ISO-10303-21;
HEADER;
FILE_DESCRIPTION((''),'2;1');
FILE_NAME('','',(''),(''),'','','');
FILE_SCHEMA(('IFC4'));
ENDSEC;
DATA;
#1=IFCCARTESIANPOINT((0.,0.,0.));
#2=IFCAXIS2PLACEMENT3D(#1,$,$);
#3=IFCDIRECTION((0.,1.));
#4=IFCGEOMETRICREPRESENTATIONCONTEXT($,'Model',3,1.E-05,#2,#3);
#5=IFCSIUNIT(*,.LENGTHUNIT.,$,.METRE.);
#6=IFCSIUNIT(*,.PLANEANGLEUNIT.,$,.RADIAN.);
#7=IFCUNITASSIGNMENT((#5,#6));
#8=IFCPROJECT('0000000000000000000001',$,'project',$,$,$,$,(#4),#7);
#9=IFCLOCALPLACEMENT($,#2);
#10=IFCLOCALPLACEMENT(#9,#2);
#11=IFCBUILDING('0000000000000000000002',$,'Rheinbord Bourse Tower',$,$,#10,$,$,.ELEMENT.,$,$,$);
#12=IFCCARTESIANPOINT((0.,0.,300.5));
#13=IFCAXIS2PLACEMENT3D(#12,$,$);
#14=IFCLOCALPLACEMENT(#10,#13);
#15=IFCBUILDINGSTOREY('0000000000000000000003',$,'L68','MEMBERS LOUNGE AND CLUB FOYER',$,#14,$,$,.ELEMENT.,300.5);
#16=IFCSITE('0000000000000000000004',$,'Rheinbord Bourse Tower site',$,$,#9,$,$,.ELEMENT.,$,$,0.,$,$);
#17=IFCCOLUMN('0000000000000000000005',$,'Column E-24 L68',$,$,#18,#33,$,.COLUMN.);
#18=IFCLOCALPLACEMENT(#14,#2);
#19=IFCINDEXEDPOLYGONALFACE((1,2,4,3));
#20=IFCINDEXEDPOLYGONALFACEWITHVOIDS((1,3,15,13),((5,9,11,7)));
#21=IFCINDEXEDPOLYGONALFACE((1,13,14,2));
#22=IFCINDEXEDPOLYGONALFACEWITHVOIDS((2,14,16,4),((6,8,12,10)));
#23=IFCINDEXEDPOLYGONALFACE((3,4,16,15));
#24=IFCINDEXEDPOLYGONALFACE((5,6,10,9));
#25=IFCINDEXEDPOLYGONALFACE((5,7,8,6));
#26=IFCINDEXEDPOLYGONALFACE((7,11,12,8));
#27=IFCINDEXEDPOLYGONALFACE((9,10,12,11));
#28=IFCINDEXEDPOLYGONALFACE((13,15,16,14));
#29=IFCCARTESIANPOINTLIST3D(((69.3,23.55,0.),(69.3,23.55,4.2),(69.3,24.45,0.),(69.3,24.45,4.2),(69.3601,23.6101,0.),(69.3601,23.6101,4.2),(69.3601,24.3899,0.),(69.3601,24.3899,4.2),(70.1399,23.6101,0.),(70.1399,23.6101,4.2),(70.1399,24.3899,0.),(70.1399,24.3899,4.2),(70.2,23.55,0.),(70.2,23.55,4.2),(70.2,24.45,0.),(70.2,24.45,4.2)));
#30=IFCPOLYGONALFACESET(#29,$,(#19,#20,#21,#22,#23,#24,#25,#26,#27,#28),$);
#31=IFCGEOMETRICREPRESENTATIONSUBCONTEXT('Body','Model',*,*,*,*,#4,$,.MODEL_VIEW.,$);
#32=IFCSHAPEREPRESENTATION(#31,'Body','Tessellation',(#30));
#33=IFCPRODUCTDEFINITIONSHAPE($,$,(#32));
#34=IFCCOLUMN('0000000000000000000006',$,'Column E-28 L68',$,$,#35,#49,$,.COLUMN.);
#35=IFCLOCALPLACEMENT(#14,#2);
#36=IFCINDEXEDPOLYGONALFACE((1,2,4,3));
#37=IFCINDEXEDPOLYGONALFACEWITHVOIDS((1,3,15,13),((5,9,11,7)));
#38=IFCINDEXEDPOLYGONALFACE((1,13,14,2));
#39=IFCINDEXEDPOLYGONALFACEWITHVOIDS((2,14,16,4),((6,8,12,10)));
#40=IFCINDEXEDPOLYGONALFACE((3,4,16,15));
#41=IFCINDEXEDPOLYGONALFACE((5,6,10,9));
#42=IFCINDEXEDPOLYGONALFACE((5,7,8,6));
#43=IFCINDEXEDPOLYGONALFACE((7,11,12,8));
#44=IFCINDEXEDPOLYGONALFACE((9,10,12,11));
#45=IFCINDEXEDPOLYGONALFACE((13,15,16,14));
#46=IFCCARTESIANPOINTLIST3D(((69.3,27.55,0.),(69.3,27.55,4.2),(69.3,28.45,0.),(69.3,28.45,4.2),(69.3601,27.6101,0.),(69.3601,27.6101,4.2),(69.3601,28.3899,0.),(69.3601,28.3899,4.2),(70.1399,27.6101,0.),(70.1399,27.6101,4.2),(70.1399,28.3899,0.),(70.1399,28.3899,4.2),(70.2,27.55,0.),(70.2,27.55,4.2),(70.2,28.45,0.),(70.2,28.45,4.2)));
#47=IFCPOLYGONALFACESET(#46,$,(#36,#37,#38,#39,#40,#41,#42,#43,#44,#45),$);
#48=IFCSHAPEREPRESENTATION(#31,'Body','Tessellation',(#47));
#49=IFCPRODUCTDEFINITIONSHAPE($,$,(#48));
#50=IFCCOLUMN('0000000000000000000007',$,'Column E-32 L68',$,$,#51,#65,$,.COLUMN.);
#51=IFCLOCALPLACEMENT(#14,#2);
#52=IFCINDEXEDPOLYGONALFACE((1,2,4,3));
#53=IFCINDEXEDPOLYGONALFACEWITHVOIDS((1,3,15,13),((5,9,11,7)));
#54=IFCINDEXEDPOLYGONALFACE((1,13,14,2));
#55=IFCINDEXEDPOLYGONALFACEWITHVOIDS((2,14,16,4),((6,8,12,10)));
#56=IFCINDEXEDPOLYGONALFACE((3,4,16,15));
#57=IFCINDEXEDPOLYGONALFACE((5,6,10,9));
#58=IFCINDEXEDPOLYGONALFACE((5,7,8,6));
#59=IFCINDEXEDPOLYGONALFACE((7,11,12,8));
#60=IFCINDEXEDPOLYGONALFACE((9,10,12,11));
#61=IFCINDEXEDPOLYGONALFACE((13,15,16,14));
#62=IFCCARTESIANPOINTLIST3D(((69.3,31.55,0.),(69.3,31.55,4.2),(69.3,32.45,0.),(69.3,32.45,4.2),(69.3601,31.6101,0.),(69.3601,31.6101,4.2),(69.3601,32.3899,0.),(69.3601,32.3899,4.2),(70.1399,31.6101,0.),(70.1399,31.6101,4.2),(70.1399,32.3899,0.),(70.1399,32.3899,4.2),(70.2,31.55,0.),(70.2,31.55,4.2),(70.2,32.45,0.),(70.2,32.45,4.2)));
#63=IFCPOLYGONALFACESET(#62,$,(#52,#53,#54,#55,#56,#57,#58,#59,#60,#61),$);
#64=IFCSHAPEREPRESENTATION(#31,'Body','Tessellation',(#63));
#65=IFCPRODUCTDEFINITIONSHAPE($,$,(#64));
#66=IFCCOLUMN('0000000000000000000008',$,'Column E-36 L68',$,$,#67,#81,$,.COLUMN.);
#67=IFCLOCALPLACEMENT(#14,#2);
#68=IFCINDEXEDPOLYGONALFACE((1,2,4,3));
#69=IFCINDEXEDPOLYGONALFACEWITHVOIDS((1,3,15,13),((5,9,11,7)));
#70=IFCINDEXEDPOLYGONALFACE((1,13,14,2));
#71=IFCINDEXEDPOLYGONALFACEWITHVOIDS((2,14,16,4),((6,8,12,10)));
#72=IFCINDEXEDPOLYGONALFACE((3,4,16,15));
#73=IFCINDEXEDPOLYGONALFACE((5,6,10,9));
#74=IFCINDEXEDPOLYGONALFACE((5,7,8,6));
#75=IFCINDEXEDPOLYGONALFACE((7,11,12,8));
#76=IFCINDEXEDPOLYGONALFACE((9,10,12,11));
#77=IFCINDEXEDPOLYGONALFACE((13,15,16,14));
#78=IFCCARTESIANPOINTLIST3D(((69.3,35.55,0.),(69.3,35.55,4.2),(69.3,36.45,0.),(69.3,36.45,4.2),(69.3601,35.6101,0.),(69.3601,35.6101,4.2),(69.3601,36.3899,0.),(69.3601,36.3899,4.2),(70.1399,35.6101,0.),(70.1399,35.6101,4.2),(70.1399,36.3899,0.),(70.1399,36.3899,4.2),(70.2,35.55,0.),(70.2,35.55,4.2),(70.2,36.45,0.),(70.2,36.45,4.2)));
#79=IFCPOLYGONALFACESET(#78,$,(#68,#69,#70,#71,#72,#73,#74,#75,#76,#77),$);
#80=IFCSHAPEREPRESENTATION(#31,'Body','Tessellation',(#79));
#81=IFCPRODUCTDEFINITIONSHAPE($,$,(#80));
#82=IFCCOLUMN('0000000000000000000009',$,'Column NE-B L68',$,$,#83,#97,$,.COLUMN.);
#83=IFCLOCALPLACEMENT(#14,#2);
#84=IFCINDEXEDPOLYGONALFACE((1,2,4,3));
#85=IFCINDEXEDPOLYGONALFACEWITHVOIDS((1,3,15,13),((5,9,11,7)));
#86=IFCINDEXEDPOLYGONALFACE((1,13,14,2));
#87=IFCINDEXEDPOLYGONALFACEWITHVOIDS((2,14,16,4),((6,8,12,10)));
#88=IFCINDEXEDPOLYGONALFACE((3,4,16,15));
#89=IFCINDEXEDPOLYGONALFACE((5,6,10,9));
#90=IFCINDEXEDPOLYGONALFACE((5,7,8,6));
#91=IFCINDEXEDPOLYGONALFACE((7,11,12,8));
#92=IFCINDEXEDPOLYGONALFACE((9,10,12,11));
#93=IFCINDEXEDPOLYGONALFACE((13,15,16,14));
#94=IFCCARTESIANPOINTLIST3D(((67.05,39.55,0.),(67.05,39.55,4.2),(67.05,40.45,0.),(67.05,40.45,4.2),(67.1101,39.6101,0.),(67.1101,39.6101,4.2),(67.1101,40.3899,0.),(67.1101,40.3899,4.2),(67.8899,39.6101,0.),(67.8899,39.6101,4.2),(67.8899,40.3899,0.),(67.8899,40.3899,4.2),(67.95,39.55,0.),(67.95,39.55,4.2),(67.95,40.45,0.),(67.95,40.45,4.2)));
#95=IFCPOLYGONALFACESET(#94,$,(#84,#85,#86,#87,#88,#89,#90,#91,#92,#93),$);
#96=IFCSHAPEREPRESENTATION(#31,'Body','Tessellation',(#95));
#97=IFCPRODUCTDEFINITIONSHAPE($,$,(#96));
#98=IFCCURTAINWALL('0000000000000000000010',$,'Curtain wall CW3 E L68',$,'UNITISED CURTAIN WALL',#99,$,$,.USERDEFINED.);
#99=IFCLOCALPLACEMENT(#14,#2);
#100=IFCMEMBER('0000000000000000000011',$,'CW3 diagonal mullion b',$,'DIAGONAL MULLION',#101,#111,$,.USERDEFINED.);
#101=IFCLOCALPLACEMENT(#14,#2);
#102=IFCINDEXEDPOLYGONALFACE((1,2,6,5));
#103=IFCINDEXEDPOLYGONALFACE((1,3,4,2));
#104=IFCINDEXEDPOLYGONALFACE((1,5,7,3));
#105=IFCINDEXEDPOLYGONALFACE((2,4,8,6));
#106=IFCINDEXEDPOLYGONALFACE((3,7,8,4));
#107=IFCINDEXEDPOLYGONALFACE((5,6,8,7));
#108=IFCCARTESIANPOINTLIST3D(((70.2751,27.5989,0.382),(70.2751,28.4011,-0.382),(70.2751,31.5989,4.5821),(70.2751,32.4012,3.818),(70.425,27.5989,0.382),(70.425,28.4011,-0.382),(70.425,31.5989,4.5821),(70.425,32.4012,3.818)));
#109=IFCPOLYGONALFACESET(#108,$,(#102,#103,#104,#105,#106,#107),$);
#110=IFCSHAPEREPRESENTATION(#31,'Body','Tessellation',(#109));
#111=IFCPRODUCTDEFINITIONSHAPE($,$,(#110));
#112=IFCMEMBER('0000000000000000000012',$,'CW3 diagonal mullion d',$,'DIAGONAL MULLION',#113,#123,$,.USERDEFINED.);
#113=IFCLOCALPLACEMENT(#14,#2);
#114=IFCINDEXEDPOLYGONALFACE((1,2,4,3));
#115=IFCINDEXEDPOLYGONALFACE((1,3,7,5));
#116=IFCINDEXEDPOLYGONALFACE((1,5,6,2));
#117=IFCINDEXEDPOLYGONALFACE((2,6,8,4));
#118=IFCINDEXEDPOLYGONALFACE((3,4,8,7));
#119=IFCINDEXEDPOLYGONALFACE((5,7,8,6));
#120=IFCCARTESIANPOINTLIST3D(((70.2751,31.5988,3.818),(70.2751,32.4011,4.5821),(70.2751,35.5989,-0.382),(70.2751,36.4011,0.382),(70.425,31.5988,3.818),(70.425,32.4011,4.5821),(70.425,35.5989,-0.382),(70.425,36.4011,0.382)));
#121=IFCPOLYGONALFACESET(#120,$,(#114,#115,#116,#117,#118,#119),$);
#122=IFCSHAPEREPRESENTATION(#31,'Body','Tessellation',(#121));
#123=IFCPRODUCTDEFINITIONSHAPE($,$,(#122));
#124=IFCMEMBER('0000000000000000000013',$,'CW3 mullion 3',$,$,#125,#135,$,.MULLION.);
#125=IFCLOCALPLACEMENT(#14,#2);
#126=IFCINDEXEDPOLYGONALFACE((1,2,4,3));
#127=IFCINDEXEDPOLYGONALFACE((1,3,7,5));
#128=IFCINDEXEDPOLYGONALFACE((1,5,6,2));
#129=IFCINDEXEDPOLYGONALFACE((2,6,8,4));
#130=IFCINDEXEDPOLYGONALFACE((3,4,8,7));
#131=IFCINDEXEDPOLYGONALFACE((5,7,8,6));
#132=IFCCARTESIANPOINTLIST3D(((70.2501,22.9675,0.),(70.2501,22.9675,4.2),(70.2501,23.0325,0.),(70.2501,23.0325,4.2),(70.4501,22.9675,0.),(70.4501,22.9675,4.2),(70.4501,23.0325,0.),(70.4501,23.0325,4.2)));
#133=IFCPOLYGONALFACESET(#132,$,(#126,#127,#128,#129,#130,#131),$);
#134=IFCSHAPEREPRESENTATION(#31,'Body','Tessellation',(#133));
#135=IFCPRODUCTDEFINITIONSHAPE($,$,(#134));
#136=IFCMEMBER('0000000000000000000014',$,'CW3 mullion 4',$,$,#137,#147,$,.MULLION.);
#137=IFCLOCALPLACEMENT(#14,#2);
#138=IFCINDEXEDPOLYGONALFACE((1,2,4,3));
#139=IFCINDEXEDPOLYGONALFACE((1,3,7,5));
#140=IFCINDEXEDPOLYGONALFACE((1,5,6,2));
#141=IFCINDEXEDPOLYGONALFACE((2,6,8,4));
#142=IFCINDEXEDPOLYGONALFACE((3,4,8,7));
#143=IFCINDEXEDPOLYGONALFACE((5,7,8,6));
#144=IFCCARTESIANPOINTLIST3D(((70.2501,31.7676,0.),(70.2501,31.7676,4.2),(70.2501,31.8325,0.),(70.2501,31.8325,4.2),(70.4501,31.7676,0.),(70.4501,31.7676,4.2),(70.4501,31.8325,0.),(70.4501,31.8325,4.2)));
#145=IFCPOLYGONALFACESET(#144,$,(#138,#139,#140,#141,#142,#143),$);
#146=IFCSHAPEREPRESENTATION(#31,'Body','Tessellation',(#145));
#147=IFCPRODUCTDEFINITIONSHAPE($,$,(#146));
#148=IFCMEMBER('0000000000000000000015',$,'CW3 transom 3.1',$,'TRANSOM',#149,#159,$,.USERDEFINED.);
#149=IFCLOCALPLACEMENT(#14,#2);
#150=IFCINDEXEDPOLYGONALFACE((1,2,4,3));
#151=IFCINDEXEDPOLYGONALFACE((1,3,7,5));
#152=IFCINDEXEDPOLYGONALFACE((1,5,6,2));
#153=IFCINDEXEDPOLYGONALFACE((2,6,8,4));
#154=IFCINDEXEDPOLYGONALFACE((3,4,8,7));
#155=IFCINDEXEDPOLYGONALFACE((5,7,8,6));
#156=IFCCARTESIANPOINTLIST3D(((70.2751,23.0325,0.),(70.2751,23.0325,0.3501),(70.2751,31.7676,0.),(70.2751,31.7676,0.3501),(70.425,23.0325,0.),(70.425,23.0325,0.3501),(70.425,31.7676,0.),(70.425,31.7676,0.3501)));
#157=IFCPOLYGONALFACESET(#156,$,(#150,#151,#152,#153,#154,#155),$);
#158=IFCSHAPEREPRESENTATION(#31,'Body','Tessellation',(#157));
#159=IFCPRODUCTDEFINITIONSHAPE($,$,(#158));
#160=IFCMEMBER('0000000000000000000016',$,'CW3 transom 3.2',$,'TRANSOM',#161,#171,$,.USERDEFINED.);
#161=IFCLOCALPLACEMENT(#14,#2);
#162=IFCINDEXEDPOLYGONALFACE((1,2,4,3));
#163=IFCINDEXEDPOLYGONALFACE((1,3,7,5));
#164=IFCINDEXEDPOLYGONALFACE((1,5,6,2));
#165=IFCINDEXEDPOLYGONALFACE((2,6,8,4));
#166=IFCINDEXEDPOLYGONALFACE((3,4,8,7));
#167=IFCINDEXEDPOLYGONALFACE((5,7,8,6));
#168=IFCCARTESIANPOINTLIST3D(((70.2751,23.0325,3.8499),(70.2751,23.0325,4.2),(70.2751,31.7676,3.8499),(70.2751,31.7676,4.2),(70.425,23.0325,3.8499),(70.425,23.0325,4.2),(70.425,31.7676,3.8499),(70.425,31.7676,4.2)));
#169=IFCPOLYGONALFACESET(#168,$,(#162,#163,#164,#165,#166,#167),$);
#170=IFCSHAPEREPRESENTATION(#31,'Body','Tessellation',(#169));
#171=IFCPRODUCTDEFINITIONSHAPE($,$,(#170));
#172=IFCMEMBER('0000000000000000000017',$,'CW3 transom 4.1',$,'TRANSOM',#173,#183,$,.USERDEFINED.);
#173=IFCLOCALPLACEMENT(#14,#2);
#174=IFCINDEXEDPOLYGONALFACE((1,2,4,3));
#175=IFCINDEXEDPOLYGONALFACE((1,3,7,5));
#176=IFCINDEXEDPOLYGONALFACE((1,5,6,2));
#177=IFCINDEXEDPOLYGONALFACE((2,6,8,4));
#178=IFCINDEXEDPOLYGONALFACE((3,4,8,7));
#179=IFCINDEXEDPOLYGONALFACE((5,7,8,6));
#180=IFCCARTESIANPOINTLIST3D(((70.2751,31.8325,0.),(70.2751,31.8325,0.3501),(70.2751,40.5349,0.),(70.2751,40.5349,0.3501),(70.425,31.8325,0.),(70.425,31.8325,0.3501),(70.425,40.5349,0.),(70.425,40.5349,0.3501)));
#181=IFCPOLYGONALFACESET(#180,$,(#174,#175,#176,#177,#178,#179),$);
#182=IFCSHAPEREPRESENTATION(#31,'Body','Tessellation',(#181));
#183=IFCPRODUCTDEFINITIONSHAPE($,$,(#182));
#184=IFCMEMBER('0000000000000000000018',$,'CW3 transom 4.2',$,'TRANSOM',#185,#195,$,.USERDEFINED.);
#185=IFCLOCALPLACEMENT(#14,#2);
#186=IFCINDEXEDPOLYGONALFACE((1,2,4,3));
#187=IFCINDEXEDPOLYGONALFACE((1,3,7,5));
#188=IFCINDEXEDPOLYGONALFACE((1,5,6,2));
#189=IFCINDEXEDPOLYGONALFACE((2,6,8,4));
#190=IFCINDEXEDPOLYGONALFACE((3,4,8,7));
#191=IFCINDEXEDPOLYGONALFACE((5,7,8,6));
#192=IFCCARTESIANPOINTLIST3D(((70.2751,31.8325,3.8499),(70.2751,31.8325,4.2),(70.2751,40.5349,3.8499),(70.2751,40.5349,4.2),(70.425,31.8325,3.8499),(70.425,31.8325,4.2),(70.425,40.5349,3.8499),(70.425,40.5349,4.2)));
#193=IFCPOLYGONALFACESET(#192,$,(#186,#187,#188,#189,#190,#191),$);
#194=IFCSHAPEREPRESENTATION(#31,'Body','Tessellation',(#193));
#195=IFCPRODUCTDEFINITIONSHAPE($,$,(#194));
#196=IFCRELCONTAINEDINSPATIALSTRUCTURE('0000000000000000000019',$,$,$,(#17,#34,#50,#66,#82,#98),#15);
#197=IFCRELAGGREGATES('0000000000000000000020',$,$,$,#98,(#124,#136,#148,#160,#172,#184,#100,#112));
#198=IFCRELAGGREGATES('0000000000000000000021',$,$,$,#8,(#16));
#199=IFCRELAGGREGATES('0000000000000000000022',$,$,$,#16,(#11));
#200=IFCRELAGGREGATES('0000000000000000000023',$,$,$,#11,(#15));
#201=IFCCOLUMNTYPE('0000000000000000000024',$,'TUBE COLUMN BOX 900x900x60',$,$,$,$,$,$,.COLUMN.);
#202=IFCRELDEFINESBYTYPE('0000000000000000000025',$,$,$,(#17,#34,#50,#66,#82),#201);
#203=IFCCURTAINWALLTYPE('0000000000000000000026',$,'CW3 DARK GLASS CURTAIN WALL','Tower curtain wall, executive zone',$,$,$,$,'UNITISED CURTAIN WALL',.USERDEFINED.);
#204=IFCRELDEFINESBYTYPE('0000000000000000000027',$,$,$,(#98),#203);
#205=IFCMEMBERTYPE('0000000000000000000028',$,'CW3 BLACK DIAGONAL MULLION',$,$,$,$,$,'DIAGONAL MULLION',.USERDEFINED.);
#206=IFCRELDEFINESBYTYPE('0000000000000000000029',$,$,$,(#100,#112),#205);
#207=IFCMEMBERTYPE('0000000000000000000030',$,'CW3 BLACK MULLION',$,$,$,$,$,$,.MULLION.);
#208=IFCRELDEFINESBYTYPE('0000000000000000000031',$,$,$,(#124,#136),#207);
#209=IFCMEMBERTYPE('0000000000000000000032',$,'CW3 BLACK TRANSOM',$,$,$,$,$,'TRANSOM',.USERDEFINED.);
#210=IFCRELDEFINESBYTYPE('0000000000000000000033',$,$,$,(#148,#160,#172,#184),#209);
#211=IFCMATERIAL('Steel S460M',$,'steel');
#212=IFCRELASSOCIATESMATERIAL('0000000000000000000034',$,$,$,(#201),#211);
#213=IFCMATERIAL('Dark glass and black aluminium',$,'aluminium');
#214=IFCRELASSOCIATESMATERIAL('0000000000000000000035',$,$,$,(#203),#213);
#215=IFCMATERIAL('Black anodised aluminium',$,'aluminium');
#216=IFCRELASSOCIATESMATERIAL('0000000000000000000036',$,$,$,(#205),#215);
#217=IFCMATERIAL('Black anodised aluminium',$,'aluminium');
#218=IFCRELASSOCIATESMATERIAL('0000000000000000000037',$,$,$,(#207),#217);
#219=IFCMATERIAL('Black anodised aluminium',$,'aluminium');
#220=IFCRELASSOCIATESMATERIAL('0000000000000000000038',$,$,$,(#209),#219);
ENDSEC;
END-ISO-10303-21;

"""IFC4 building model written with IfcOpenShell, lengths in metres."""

from ifc_helpers import new_model, si_unit, direction, frame, origin, origin_2d, place, context, subcontext, project, spatial, rectangle, hollow_rectangle, extrude, material, material_profile, profile_set, type_object, element, aggregate, save


model = new_model("IFC4")

# Units and contexts
model_context = context("Model", 3, precision=1e-05, world=origin(), true_north=direction((0.0, 1.0)))
body_context = subcontext(model_context, "Body", "Model", "MODEL_VIEW")
ifc_project = project(units=[si_unit("LENGTHUNIT", "METRE"), si_unit("PLANEANGLEUNIT", "RADIAN")], contexts=[model_context])

# Site, building, storey
site_placement = place(None, origin())
site = spatial("IfcSite", under=ifc_project, at=site_placement, Name="Rheinbord Bourse Tower site", CompositionType="ELEMENT", RefElevation=0.0)
building_placement = place(site_placement, origin())
building = spatial("IfcBuilding", under=site, at=building_placement, Name="Rheinbord Bourse Tower", CompositionType="ELEMENT")
storey_placement = place(building_placement, frame((0.0, 0.0, 300.5)))
storey = spatial("IfcBuildingStorey", under=building, at=storey_placement, Name="L68", Description="MEMBERS LOUNGE AND CLUB FOYER", CompositionType="ELEMENT", Elevation=300.5)

# Columns
ifc_material_1 = material(Name="Steel S460M", Category="steel")
ifc_material_profile_1 = material_profile(ifc_material_1, hollow_rectangle(XDim=0.8999, YDim=0.8999, WallThickness=0.0601, at=origin_2d()), Name="BOX 900x900x60")
ifc_profile_set_1 = profile_set([ifc_material_profile_1], Name="Steel S460M")
column_type = type_object("IfcColumnType", Name="TUBE COLUMN BOX 900x900x60", PredefinedType="COLUMN", material=ifc_profile_set_1)
for number, where, z_axis, x_axis, name in (
    (1, (69.75, 24.0, 0.0), (0.0, 0.0, 1.0), (1.0, 0.0, 0.0), "Column E-24 L68"),
    (2, (69.75, 28.0, 0.0), (0.0, 0.0, 1.0), (1.0, 0.0, 0.0), "Column E-28 L68"),
    (3, (69.75, 32.0, 0.0), (0.0, 0.0, 1.0), (1.0, 0.0, 0.0), "Column E-32 L68"),
    (4, (69.75, 36.0, 0.0), (0.0, 0.0, 1.0), (1.0, 0.0, 0.0), "Column E-36 L68"),
    (5, (67.5, 40.0, 0.0), (0.0, 0.0, 1.0), (1.0, 0.0, 0.0), "Column NE-B L68"),
):
    element("IfcColumn", number, at=place(storey_placement, frame(where, z_axis=z_axis, x_axis=x_axis)), inside=storey, type_object=column_type, Name=name, PredefinedType="COLUMN", context=body_context, shape_type="SweptSolid", body=[
        extrude(hollow_rectangle(XDim=0.8999, YDim=0.8999, WallThickness=0.0601, at=origin_2d()), origin(), (0.0, 0.0, 1.0), 4.2),
    ])

# Curtain wall, members
ifc_material_2 = material(Name="Dark glass and black aluminium", Category="aluminium")
curtain_wall_type = type_object("IfcCurtainWallType", Name="CW3 DARK GLASS CURTAIN WALL", Description="Tower curtain wall, executive zone", ElementType="UNITISED CURTAIN WALL", PredefinedType="USERDEFINED", material=ifc_material_2)
curtain_wall_placement = place(storey_placement, origin())
curtain_wall = element("IfcCurtainWall", 6, at=curtain_wall_placement, inside=storey, type_object=curtain_wall_type, Name="Curtain wall CW3 E L68", ObjectType="UNITISED CURTAIN WALL", PredefinedType="USERDEFINED")
ifc_material_3 = material(Name="Black anodised aluminium", Category="aluminium")
ifc_material_profile_2 = material_profile(ifc_material_3, rectangle(XDim=0.1499, YDim=1.1079, at=origin_2d()), Name="CW3 DIAGONAL MULLION 1108x150")
ifc_profile_set_2 = profile_set([ifc_material_profile_2], Name="Black anodised aluminium")
member_type_1 = type_object("IfcMemberType", Name="CW3 BLACK DIAGONAL MULLION", ElementType="DIAGONAL MULLION", PredefinedType="USERDEFINED", material=ifc_profile_set_2)
member_1_placement = place(storey_placement, frame((70.3501, 28.0, 0.0), z_axis=(0.0, 0.689659, 0.724134), x_axis=(-1.0, 0.0, 0.0)))
member_1 = element("IfcMember", 7, at=member_1_placement, type_object=member_type_1, Name="CW3 diagonal mullion b", ObjectType="DIAGONAL MULLION", PredefinedType="USERDEFINED", context=body_context, shape_type="SweptSolid", body=[
    extrude(rectangle(XDim=0.1499, YDim=1.1079, at=origin_2d()), origin(), (0.0, 0.0, 1.0), 5.8),
])
member_2_placement = place(storey_placement, frame((70.3501, 36.0, 0.0), z_axis=(0.0, -0.689659, 0.724134), x_axis=(1.0, 0.0, 0.0)))
member_2 = element("IfcMember", 8, at=member_2_placement, type_object=member_type_1, Name="CW3 diagonal mullion d", ObjectType="DIAGONAL MULLION", PredefinedType="USERDEFINED", context=body_context, shape_type="SweptSolid", body=[
    extrude(rectangle(XDim=0.1499, YDim=1.1079, at=origin_2d()), origin(), (0.0, 0.0, 1.0), 5.8),
])
ifc_material_4 = material(Name="Black anodised aluminium", Category="aluminium")
ifc_material_profile_3 = material_profile(ifc_material_4, rectangle(XDim=0.2, YDim=0.0649, at=origin_2d()), Name="CW3 MULLION 65x200")
ifc_profile_set_3 = profile_set([ifc_material_profile_3], Name="Black anodised aluminium")
member_type_2 = type_object("IfcMemberType", Name="CW3 BLACK MULLION", PredefinedType="MULLION", material=ifc_profile_set_3)
member_3_placement = place(storey_placement, frame((70.3501, 23.0, 0.0), z_axis=(0.0, 0.0, 1.0), x_axis=(-1.0, 0.0, 0.0)))
member_3 = element("IfcMember", 9, at=member_3_placement, type_object=member_type_2, Name="CW3 mullion 3", PredefinedType="MULLION", context=body_context, shape_type="SweptSolid", body=[
    extrude(rectangle(XDim=0.2, YDim=0.0649, at=origin_2d()), origin(), (0.0, 0.0, 1.0), 4.2),
])
member_4_placement = place(storey_placement, frame((70.3501, 31.8, 0.0), z_axis=(0.0, 0.0, 1.0), x_axis=(-1.0, 0.0, 0.0)))
member_4 = element("IfcMember", 10, at=member_4_placement, type_object=member_type_2, Name="CW3 mullion 4", PredefinedType="MULLION", context=body_context, shape_type="SweptSolid", body=[
    extrude(rectangle(XDim=0.2, YDim=0.0649, at=origin_2d()), origin(), (0.0, 0.0, 1.0), 4.2),
])
ifc_material_5 = material(Name="Black anodised aluminium", Category="aluminium")
ifc_material_profile_4 = material_profile(ifc_material_5, rectangle(XDim=0.1499, YDim=0.3501, at=origin_2d()), Name="CW3 TRANSOM 350x150")
ifc_profile_set_4 = profile_set([ifc_material_profile_4], Name="Black anodised aluminium")
member_type_3 = type_object("IfcMemberType", Name="CW3 BLACK TRANSOM", ElementType="TRANSOM", PredefinedType="USERDEFINED", material=ifc_profile_set_4)
member_5_placement = place(storey_placement, frame((70.3501, 23.0325, 0.175), z_axis=(0.0, 1.0, 0.0), x_axis=(-1.0, 0.0, 0.0)))
member_5 = element("IfcMember", 11, at=member_5_placement, type_object=member_type_3, Name="CW3 transom 3.1", ObjectType="TRANSOM", PredefinedType="USERDEFINED", context=body_context, shape_type="SweptSolid", body=[
    extrude(rectangle(XDim=0.1499, YDim=0.3501, at=origin_2d()), origin(), (0.0, 0.0, 1.0), 8.7351),
])
member_6_placement = place(storey_placement, frame((70.3501, 23.0325, 4.0249), z_axis=(0.0, 1.0, 0.0), x_axis=(-1.0, 0.0, 0.0)))
member_6 = element("IfcMember", 12, at=member_6_placement, type_object=member_type_3, Name="CW3 transom 3.2", ObjectType="TRANSOM", PredefinedType="USERDEFINED", context=body_context, shape_type="SweptSolid", body=[
    extrude(rectangle(XDim=0.1499, YDim=0.3501, at=origin_2d()), origin(), (0.0, 0.0, 1.0), 8.7351),
])
member_7_placement = place(storey_placement, frame((70.3501, 31.8325, 0.175), z_axis=(0.0, 1.0, 0.0), x_axis=(-1.0, 0.0, 0.0)))
member_7 = element("IfcMember", 13, at=member_7_placement, type_object=member_type_3, Name="CW3 transom 4.1", ObjectType="TRANSOM", PredefinedType="USERDEFINED", context=body_context, shape_type="SweptSolid", body=[
    extrude(rectangle(XDim=0.1499, YDim=0.3501, at=origin_2d()), origin(), (0.0, 0.0, 1.0), 8.7024),
])
member_8_placement = place(storey_placement, frame((70.3501, 31.8325, 4.0249), z_axis=(0.0, 1.0, 0.0), x_axis=(-1.0, 0.0, 0.0)))
member_8 = element("IfcMember", 14, at=member_8_placement, type_object=member_type_3, Name="CW3 transom 4.2", ObjectType="TRANSOM", PredefinedType="USERDEFINED", context=body_context, shape_type="SweptSolid", body=[
    extrude(rectangle(XDim=0.1499, YDim=0.3501, at=origin_2d()), origin(), (0.0, 0.0, 1.0), 8.7024),
])

aggregate(curtain_wall, [member_3, member_4, member_5, member_6, member_7, member_8, member_1, member_2])

save(model, "model.ifc")
